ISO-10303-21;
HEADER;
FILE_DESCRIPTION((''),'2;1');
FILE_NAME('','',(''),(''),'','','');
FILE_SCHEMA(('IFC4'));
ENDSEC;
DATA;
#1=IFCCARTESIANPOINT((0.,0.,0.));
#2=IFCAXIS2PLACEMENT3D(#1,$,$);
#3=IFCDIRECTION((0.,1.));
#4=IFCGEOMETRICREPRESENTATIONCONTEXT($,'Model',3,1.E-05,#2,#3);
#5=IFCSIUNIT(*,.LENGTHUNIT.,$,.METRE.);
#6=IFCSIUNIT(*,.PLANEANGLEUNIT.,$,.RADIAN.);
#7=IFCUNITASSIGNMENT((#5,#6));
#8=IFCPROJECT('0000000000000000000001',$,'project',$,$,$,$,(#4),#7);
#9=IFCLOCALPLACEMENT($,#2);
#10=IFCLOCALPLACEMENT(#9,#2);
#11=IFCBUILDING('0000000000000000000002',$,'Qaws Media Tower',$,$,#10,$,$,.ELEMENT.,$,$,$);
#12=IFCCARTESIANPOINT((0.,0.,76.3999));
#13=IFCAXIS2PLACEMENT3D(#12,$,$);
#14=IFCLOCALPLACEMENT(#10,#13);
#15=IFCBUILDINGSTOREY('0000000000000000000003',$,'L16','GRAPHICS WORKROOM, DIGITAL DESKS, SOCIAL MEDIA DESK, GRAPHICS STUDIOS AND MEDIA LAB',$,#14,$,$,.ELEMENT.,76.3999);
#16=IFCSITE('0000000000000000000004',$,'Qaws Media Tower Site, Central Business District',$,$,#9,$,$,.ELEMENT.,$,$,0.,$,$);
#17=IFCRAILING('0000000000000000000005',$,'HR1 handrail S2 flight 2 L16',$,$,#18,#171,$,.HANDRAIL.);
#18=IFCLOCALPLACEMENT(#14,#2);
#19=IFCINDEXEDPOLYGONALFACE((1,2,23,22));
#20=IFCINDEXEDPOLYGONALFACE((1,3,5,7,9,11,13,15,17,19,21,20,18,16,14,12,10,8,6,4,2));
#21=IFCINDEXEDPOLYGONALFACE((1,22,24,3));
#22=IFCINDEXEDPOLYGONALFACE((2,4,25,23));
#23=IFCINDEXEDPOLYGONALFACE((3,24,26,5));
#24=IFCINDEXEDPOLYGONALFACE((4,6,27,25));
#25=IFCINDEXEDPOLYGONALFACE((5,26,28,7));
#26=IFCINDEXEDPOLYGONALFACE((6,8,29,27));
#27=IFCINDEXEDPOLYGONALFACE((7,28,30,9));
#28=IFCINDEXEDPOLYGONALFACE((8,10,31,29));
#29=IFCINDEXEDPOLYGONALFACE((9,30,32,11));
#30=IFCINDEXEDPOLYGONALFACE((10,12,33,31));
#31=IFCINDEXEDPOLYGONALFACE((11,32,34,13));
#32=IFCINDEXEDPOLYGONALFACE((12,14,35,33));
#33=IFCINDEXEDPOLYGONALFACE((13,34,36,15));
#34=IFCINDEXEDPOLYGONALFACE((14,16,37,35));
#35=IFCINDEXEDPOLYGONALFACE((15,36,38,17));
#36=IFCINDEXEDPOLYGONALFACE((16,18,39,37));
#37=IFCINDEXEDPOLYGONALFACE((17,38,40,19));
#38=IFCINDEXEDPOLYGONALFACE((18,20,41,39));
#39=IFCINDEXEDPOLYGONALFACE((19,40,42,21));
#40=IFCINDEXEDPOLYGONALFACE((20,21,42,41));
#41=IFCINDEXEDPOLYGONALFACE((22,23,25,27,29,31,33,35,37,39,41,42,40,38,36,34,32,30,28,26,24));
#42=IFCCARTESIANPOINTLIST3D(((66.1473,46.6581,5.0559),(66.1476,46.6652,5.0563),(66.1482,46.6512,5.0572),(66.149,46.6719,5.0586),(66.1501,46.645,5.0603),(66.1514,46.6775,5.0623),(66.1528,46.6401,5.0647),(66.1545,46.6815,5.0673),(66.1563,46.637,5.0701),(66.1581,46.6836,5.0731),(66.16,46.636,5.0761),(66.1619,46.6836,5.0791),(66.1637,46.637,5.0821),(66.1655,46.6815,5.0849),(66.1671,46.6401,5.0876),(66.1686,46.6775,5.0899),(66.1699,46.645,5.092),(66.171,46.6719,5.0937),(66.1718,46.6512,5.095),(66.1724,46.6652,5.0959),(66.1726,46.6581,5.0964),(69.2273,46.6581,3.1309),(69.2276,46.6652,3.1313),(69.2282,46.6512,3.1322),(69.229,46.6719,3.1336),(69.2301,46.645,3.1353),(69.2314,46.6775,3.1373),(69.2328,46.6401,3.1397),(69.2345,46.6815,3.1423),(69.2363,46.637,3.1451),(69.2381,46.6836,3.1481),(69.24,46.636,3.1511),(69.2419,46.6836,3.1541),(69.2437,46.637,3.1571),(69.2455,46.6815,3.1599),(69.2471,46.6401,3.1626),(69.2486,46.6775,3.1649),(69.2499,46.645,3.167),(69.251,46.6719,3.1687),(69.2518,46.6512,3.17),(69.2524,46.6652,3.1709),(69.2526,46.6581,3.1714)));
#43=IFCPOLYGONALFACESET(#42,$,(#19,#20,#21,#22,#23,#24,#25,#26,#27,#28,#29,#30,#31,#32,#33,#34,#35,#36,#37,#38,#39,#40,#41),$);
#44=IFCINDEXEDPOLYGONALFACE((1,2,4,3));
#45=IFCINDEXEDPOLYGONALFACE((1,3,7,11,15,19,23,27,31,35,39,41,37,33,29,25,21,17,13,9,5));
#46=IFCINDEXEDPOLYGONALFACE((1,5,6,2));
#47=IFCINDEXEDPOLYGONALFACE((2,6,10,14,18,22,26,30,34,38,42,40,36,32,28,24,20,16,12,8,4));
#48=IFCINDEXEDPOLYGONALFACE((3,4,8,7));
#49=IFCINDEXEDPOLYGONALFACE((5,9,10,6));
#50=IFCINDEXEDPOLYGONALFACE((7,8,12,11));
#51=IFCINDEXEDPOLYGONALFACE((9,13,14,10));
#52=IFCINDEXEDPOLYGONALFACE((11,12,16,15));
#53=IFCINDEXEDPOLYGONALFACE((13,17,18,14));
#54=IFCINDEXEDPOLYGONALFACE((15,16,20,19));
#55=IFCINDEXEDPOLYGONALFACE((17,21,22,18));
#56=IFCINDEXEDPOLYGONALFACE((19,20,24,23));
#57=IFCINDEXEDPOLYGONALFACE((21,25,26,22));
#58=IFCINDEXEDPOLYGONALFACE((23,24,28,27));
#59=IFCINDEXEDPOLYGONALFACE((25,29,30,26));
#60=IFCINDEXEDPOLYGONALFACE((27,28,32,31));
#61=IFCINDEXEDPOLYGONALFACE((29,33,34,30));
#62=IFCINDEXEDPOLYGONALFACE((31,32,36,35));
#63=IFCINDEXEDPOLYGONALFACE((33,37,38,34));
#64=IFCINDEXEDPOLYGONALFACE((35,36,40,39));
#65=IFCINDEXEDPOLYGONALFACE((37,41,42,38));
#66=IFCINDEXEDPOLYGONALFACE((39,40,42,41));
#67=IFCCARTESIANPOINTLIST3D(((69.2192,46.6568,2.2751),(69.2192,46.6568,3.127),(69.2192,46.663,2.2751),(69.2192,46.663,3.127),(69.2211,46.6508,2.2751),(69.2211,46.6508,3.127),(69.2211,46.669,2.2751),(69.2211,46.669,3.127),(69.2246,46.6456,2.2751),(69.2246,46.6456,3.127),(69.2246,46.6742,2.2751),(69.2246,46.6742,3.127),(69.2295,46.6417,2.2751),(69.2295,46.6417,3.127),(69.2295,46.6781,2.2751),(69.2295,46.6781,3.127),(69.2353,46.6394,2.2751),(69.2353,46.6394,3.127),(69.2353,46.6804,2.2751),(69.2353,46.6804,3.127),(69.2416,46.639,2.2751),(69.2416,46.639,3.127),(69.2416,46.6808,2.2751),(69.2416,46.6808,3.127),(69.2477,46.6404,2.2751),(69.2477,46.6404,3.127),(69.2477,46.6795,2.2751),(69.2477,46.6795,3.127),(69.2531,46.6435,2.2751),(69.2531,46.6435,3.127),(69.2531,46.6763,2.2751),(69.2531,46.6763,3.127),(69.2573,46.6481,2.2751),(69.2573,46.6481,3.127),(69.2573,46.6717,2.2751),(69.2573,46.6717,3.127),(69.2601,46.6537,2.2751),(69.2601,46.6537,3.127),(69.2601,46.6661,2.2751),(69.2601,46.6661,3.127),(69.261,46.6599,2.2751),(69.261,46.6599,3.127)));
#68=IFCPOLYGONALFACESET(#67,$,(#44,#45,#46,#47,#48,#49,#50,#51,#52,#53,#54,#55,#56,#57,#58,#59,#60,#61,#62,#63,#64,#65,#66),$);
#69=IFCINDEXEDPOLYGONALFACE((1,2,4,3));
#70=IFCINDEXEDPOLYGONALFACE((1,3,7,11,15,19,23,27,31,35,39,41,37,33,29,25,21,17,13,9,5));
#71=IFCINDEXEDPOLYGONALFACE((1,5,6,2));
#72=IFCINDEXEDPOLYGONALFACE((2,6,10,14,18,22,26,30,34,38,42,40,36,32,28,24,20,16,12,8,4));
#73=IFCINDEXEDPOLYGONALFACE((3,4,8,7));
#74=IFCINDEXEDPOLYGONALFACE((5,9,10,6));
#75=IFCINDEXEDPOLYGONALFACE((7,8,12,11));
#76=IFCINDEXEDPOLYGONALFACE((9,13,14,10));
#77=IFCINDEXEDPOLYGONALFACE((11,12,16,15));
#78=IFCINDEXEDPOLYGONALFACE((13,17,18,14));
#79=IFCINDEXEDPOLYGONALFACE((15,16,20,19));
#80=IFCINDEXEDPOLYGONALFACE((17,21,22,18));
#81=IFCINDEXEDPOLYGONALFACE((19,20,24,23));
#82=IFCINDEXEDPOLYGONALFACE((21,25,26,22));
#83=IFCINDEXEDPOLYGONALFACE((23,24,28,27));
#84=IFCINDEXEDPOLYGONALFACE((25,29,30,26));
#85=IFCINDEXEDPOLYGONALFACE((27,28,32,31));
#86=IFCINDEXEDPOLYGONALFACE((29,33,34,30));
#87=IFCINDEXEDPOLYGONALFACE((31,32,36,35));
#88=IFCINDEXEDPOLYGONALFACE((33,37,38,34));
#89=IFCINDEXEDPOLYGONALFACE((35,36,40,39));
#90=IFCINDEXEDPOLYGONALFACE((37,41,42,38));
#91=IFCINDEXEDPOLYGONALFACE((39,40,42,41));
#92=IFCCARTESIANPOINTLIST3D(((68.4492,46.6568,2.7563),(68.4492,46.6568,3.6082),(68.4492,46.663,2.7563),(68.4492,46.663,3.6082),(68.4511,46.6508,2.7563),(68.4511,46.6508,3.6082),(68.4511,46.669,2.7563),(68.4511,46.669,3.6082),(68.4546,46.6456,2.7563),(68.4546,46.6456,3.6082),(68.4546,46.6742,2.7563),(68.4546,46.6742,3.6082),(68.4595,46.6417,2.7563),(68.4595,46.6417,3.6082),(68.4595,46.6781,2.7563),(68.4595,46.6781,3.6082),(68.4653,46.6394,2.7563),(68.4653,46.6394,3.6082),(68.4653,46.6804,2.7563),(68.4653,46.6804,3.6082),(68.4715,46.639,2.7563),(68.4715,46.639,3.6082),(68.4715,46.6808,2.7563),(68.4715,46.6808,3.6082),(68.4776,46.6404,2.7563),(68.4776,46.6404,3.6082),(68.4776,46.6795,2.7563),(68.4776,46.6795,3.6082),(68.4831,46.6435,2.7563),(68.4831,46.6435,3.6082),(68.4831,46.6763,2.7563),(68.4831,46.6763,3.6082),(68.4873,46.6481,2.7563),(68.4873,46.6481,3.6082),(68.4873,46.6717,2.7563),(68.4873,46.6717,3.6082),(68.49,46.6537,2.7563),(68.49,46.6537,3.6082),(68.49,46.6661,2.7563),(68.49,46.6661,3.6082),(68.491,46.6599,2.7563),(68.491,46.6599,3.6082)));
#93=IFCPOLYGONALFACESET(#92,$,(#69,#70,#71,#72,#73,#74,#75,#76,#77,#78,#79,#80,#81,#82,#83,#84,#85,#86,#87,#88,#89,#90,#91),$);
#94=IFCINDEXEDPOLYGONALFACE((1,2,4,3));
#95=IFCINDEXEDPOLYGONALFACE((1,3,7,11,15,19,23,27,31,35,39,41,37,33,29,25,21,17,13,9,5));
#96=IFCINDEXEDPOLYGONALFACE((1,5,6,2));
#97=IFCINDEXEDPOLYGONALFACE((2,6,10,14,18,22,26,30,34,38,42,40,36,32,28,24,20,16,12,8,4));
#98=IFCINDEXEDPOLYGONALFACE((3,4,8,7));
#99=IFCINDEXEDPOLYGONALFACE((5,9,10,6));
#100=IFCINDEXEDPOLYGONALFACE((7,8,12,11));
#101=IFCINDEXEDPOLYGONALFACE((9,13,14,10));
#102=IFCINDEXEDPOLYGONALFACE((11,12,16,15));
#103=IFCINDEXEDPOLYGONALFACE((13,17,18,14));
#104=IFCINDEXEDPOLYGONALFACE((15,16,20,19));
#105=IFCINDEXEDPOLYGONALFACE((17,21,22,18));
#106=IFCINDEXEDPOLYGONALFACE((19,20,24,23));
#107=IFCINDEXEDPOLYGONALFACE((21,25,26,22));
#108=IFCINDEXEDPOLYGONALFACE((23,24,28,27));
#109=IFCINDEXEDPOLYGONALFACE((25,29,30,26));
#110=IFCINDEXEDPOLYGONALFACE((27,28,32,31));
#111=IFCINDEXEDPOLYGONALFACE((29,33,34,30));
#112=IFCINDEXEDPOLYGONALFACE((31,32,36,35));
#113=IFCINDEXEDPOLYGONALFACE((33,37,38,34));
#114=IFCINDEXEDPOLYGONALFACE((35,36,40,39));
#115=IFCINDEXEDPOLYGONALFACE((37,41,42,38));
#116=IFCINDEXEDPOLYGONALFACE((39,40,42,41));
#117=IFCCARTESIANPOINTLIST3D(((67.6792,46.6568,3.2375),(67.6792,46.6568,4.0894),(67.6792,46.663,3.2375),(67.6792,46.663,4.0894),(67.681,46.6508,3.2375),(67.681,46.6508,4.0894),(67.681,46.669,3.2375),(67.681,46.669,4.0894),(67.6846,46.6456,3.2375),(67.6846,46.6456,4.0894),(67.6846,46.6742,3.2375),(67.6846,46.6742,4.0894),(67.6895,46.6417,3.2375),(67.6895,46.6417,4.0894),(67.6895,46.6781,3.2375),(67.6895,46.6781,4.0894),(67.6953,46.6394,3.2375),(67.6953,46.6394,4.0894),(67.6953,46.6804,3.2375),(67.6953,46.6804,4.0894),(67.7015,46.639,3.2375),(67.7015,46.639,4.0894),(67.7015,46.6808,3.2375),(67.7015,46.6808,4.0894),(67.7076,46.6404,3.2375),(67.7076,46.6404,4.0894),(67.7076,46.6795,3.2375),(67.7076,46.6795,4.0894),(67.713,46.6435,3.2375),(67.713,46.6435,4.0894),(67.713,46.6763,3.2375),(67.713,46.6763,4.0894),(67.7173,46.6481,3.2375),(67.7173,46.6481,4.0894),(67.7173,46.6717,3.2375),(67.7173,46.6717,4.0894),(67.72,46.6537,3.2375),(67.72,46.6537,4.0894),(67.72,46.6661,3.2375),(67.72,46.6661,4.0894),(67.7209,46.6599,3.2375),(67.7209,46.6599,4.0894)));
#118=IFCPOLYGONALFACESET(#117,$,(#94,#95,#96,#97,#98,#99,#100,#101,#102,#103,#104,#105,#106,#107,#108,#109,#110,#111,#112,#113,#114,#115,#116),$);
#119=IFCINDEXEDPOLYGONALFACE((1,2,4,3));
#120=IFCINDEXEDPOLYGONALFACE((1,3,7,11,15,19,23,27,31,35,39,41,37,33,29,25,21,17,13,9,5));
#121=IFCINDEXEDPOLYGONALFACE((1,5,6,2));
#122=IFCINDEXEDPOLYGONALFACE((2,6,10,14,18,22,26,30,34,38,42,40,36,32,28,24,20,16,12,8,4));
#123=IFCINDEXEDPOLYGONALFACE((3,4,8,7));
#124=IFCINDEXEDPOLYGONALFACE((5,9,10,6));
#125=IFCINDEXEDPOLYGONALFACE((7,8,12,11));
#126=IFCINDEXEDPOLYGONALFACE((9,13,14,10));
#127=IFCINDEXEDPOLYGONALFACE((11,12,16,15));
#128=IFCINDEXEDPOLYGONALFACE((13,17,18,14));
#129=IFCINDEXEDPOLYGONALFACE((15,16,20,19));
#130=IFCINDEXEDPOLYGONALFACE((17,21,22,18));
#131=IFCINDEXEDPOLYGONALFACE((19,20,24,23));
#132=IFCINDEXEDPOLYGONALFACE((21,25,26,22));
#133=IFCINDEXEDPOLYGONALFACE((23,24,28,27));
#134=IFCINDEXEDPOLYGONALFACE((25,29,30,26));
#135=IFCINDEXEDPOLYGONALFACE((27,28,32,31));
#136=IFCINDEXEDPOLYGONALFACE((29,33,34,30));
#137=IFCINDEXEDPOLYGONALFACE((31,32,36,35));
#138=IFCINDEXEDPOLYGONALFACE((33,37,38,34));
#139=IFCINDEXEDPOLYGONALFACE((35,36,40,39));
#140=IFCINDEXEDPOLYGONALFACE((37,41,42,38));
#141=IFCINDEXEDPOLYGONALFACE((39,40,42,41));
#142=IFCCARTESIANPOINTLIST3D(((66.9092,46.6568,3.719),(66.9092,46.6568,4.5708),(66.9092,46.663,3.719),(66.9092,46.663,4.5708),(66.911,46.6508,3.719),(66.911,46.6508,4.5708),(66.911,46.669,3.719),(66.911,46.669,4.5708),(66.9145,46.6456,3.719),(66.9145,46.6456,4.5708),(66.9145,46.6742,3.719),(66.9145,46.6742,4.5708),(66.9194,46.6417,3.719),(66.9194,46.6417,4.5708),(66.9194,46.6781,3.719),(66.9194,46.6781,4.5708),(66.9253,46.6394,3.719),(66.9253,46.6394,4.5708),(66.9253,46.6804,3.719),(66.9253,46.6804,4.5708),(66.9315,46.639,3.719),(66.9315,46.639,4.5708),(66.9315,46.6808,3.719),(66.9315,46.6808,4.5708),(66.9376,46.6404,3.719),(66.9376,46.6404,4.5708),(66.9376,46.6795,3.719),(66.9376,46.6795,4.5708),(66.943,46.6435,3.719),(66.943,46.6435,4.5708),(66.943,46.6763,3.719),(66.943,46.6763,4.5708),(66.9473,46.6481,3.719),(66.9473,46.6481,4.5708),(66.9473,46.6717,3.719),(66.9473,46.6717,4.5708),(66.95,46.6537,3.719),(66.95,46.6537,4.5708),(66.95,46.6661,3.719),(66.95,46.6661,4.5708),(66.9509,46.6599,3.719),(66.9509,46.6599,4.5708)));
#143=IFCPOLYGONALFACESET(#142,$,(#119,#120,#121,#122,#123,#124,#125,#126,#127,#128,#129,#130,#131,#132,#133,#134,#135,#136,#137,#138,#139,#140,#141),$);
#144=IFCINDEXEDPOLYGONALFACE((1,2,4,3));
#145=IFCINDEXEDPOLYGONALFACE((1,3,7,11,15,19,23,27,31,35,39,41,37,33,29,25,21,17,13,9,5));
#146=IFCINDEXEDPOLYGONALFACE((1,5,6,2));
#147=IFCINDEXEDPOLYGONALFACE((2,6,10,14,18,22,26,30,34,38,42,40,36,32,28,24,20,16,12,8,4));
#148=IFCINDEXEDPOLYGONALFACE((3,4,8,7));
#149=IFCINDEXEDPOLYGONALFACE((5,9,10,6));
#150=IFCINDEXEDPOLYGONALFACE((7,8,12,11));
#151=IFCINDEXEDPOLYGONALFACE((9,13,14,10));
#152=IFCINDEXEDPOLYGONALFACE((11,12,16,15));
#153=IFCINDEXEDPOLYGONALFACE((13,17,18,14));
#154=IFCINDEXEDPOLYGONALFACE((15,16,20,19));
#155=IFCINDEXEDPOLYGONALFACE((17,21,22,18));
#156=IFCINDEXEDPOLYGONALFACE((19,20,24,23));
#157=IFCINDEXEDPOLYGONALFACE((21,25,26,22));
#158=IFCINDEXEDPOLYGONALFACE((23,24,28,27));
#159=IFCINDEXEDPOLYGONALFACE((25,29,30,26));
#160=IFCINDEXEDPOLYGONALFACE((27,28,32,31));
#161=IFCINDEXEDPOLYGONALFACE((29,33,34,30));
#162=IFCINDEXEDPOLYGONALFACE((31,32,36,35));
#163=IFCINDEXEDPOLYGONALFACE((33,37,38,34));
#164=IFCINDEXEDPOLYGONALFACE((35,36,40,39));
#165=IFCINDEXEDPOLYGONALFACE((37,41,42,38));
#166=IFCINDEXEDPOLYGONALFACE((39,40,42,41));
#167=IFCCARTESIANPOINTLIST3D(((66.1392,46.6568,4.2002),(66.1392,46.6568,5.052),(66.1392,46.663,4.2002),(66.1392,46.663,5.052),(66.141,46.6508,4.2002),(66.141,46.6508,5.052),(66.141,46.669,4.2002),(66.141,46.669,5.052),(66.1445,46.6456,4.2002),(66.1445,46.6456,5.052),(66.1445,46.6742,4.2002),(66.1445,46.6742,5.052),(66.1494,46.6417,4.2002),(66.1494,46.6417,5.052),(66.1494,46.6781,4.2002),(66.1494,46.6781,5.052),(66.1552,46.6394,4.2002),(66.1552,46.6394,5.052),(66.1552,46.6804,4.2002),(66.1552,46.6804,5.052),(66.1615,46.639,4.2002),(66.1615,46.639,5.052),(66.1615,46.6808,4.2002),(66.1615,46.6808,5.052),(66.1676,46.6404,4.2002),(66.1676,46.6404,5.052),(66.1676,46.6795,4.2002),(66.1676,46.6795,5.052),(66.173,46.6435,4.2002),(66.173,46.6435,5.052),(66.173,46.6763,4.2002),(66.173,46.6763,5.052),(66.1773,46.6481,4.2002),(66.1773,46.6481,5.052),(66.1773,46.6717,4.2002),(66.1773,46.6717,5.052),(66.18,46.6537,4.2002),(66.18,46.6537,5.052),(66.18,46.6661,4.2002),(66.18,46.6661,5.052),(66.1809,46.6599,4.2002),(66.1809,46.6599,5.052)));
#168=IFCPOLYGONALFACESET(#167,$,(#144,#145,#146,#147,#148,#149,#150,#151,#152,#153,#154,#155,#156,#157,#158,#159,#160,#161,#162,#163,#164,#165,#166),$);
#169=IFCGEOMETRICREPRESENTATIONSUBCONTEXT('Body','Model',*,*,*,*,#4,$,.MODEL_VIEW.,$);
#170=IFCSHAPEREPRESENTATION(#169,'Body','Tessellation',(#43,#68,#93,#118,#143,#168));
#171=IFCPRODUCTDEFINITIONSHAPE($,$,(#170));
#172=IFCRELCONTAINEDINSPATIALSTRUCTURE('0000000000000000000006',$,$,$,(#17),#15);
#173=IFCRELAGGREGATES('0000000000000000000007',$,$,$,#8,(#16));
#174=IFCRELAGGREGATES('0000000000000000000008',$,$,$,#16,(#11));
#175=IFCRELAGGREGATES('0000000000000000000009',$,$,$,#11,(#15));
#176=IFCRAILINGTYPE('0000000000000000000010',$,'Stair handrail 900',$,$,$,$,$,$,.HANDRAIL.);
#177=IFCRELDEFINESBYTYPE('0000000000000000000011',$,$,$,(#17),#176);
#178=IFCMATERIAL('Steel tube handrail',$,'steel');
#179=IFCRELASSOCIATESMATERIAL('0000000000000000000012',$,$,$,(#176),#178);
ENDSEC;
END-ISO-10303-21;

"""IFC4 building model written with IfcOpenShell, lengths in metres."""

from ifc_helpers import new_model, si_unit, direction, frame, origin, origin_2d, place, context, subcontext, project, spatial, circle, extrude, material, type_object, element, save


model = new_model("IFC4")

# Units and contexts
model_context = context("Model", 3, precision=1e-05, world=origin(), true_north=direction((0.0, 1.0)))
body_context = subcontext(model_context, "Body", "Model", "MODEL_VIEW")
ifc_project = project(units=[si_unit("LENGTHUNIT", "METRE"), si_unit("PLANEANGLEUNIT", "RADIAN")], contexts=[model_context])

# Site, building, storey
site_placement = place(None, origin())
site = spatial("IfcSite", under=ifc_project, at=site_placement, Name="Qaws Media Tower Site, Central Business District", CompositionType="ELEMENT", RefElevation=0.0)
building_placement = place(site_placement, origin())
building = spatial("IfcBuilding", under=site, at=building_placement, Name="Qaws Media Tower", CompositionType="ELEMENT")
storey_placement = place(building_placement, frame((0.0, 0.0, 76.3999)))
storey = spatial("IfcBuildingStorey", under=building, at=storey_placement, Name="L16", Description="GRAPHICS WORKROOM, DIGITAL DESKS, SOCIAL MEDIA DESK, GRAPHICS STUDIOS AND MEDIA LAB", CompositionType="ELEMENT", Elevation=76.3999)

# Railing
ifc_material_1 = material(Name="Steel tube handrail", Category="steel")
railing_type = type_object("IfcRailingType", Name="Stair handrail 900", PredefinedType="HANDRAIL", material=ifc_material_1)
for number, where, name in (
    (1, (69.24, 46.6599, 2.2751), "HR1 handrail S2 flight 2 L16"),
):
    element("IfcRailing", number, at=place(storey_placement, frame(where)), inside=storey, type_object=railing_type, Name=name, PredefinedType="HANDRAIL", context=body_context, shape_type="SweptSolid", body=[
        extrude(circle(Radius=0.0239, at=origin_2d()), frame((0.0, 0.0, 0.876), z_axis=(-0.847998, 0.0, 0.529999), x_axis=(0.0, -1.0, 0.0)), (0.0, 0.0, 1.0), 3.6321),
        extrude(circle(Radius=0.021, at=origin_2d()), origin(), (0.0, 0.0, 1.0), 0.8518),
        extrude(circle(Radius=0.021, at=origin_2d()), frame((-0.77, 0.0, 0.4812)), (0.0, 0.0, 1.0), 0.8518),
        extrude(circle(Radius=0.021, at=origin_2d()), frame((-1.54, 0.0, 0.9624)), (0.0, 0.0, 1.0), 0.8518),
        extrude(circle(Radius=0.021, at=origin_2d()), frame((-2.3101, 0.0, 1.4438)), (0.0, 0.0, 1.0), 0.8518),
        extrude(circle(Radius=0.021, at=origin_2d()), frame((-3.0801, 0.0, 1.925)), (0.0, 0.0, 1.0), 0.8518),
    ])

save(model, "model.ifc")
